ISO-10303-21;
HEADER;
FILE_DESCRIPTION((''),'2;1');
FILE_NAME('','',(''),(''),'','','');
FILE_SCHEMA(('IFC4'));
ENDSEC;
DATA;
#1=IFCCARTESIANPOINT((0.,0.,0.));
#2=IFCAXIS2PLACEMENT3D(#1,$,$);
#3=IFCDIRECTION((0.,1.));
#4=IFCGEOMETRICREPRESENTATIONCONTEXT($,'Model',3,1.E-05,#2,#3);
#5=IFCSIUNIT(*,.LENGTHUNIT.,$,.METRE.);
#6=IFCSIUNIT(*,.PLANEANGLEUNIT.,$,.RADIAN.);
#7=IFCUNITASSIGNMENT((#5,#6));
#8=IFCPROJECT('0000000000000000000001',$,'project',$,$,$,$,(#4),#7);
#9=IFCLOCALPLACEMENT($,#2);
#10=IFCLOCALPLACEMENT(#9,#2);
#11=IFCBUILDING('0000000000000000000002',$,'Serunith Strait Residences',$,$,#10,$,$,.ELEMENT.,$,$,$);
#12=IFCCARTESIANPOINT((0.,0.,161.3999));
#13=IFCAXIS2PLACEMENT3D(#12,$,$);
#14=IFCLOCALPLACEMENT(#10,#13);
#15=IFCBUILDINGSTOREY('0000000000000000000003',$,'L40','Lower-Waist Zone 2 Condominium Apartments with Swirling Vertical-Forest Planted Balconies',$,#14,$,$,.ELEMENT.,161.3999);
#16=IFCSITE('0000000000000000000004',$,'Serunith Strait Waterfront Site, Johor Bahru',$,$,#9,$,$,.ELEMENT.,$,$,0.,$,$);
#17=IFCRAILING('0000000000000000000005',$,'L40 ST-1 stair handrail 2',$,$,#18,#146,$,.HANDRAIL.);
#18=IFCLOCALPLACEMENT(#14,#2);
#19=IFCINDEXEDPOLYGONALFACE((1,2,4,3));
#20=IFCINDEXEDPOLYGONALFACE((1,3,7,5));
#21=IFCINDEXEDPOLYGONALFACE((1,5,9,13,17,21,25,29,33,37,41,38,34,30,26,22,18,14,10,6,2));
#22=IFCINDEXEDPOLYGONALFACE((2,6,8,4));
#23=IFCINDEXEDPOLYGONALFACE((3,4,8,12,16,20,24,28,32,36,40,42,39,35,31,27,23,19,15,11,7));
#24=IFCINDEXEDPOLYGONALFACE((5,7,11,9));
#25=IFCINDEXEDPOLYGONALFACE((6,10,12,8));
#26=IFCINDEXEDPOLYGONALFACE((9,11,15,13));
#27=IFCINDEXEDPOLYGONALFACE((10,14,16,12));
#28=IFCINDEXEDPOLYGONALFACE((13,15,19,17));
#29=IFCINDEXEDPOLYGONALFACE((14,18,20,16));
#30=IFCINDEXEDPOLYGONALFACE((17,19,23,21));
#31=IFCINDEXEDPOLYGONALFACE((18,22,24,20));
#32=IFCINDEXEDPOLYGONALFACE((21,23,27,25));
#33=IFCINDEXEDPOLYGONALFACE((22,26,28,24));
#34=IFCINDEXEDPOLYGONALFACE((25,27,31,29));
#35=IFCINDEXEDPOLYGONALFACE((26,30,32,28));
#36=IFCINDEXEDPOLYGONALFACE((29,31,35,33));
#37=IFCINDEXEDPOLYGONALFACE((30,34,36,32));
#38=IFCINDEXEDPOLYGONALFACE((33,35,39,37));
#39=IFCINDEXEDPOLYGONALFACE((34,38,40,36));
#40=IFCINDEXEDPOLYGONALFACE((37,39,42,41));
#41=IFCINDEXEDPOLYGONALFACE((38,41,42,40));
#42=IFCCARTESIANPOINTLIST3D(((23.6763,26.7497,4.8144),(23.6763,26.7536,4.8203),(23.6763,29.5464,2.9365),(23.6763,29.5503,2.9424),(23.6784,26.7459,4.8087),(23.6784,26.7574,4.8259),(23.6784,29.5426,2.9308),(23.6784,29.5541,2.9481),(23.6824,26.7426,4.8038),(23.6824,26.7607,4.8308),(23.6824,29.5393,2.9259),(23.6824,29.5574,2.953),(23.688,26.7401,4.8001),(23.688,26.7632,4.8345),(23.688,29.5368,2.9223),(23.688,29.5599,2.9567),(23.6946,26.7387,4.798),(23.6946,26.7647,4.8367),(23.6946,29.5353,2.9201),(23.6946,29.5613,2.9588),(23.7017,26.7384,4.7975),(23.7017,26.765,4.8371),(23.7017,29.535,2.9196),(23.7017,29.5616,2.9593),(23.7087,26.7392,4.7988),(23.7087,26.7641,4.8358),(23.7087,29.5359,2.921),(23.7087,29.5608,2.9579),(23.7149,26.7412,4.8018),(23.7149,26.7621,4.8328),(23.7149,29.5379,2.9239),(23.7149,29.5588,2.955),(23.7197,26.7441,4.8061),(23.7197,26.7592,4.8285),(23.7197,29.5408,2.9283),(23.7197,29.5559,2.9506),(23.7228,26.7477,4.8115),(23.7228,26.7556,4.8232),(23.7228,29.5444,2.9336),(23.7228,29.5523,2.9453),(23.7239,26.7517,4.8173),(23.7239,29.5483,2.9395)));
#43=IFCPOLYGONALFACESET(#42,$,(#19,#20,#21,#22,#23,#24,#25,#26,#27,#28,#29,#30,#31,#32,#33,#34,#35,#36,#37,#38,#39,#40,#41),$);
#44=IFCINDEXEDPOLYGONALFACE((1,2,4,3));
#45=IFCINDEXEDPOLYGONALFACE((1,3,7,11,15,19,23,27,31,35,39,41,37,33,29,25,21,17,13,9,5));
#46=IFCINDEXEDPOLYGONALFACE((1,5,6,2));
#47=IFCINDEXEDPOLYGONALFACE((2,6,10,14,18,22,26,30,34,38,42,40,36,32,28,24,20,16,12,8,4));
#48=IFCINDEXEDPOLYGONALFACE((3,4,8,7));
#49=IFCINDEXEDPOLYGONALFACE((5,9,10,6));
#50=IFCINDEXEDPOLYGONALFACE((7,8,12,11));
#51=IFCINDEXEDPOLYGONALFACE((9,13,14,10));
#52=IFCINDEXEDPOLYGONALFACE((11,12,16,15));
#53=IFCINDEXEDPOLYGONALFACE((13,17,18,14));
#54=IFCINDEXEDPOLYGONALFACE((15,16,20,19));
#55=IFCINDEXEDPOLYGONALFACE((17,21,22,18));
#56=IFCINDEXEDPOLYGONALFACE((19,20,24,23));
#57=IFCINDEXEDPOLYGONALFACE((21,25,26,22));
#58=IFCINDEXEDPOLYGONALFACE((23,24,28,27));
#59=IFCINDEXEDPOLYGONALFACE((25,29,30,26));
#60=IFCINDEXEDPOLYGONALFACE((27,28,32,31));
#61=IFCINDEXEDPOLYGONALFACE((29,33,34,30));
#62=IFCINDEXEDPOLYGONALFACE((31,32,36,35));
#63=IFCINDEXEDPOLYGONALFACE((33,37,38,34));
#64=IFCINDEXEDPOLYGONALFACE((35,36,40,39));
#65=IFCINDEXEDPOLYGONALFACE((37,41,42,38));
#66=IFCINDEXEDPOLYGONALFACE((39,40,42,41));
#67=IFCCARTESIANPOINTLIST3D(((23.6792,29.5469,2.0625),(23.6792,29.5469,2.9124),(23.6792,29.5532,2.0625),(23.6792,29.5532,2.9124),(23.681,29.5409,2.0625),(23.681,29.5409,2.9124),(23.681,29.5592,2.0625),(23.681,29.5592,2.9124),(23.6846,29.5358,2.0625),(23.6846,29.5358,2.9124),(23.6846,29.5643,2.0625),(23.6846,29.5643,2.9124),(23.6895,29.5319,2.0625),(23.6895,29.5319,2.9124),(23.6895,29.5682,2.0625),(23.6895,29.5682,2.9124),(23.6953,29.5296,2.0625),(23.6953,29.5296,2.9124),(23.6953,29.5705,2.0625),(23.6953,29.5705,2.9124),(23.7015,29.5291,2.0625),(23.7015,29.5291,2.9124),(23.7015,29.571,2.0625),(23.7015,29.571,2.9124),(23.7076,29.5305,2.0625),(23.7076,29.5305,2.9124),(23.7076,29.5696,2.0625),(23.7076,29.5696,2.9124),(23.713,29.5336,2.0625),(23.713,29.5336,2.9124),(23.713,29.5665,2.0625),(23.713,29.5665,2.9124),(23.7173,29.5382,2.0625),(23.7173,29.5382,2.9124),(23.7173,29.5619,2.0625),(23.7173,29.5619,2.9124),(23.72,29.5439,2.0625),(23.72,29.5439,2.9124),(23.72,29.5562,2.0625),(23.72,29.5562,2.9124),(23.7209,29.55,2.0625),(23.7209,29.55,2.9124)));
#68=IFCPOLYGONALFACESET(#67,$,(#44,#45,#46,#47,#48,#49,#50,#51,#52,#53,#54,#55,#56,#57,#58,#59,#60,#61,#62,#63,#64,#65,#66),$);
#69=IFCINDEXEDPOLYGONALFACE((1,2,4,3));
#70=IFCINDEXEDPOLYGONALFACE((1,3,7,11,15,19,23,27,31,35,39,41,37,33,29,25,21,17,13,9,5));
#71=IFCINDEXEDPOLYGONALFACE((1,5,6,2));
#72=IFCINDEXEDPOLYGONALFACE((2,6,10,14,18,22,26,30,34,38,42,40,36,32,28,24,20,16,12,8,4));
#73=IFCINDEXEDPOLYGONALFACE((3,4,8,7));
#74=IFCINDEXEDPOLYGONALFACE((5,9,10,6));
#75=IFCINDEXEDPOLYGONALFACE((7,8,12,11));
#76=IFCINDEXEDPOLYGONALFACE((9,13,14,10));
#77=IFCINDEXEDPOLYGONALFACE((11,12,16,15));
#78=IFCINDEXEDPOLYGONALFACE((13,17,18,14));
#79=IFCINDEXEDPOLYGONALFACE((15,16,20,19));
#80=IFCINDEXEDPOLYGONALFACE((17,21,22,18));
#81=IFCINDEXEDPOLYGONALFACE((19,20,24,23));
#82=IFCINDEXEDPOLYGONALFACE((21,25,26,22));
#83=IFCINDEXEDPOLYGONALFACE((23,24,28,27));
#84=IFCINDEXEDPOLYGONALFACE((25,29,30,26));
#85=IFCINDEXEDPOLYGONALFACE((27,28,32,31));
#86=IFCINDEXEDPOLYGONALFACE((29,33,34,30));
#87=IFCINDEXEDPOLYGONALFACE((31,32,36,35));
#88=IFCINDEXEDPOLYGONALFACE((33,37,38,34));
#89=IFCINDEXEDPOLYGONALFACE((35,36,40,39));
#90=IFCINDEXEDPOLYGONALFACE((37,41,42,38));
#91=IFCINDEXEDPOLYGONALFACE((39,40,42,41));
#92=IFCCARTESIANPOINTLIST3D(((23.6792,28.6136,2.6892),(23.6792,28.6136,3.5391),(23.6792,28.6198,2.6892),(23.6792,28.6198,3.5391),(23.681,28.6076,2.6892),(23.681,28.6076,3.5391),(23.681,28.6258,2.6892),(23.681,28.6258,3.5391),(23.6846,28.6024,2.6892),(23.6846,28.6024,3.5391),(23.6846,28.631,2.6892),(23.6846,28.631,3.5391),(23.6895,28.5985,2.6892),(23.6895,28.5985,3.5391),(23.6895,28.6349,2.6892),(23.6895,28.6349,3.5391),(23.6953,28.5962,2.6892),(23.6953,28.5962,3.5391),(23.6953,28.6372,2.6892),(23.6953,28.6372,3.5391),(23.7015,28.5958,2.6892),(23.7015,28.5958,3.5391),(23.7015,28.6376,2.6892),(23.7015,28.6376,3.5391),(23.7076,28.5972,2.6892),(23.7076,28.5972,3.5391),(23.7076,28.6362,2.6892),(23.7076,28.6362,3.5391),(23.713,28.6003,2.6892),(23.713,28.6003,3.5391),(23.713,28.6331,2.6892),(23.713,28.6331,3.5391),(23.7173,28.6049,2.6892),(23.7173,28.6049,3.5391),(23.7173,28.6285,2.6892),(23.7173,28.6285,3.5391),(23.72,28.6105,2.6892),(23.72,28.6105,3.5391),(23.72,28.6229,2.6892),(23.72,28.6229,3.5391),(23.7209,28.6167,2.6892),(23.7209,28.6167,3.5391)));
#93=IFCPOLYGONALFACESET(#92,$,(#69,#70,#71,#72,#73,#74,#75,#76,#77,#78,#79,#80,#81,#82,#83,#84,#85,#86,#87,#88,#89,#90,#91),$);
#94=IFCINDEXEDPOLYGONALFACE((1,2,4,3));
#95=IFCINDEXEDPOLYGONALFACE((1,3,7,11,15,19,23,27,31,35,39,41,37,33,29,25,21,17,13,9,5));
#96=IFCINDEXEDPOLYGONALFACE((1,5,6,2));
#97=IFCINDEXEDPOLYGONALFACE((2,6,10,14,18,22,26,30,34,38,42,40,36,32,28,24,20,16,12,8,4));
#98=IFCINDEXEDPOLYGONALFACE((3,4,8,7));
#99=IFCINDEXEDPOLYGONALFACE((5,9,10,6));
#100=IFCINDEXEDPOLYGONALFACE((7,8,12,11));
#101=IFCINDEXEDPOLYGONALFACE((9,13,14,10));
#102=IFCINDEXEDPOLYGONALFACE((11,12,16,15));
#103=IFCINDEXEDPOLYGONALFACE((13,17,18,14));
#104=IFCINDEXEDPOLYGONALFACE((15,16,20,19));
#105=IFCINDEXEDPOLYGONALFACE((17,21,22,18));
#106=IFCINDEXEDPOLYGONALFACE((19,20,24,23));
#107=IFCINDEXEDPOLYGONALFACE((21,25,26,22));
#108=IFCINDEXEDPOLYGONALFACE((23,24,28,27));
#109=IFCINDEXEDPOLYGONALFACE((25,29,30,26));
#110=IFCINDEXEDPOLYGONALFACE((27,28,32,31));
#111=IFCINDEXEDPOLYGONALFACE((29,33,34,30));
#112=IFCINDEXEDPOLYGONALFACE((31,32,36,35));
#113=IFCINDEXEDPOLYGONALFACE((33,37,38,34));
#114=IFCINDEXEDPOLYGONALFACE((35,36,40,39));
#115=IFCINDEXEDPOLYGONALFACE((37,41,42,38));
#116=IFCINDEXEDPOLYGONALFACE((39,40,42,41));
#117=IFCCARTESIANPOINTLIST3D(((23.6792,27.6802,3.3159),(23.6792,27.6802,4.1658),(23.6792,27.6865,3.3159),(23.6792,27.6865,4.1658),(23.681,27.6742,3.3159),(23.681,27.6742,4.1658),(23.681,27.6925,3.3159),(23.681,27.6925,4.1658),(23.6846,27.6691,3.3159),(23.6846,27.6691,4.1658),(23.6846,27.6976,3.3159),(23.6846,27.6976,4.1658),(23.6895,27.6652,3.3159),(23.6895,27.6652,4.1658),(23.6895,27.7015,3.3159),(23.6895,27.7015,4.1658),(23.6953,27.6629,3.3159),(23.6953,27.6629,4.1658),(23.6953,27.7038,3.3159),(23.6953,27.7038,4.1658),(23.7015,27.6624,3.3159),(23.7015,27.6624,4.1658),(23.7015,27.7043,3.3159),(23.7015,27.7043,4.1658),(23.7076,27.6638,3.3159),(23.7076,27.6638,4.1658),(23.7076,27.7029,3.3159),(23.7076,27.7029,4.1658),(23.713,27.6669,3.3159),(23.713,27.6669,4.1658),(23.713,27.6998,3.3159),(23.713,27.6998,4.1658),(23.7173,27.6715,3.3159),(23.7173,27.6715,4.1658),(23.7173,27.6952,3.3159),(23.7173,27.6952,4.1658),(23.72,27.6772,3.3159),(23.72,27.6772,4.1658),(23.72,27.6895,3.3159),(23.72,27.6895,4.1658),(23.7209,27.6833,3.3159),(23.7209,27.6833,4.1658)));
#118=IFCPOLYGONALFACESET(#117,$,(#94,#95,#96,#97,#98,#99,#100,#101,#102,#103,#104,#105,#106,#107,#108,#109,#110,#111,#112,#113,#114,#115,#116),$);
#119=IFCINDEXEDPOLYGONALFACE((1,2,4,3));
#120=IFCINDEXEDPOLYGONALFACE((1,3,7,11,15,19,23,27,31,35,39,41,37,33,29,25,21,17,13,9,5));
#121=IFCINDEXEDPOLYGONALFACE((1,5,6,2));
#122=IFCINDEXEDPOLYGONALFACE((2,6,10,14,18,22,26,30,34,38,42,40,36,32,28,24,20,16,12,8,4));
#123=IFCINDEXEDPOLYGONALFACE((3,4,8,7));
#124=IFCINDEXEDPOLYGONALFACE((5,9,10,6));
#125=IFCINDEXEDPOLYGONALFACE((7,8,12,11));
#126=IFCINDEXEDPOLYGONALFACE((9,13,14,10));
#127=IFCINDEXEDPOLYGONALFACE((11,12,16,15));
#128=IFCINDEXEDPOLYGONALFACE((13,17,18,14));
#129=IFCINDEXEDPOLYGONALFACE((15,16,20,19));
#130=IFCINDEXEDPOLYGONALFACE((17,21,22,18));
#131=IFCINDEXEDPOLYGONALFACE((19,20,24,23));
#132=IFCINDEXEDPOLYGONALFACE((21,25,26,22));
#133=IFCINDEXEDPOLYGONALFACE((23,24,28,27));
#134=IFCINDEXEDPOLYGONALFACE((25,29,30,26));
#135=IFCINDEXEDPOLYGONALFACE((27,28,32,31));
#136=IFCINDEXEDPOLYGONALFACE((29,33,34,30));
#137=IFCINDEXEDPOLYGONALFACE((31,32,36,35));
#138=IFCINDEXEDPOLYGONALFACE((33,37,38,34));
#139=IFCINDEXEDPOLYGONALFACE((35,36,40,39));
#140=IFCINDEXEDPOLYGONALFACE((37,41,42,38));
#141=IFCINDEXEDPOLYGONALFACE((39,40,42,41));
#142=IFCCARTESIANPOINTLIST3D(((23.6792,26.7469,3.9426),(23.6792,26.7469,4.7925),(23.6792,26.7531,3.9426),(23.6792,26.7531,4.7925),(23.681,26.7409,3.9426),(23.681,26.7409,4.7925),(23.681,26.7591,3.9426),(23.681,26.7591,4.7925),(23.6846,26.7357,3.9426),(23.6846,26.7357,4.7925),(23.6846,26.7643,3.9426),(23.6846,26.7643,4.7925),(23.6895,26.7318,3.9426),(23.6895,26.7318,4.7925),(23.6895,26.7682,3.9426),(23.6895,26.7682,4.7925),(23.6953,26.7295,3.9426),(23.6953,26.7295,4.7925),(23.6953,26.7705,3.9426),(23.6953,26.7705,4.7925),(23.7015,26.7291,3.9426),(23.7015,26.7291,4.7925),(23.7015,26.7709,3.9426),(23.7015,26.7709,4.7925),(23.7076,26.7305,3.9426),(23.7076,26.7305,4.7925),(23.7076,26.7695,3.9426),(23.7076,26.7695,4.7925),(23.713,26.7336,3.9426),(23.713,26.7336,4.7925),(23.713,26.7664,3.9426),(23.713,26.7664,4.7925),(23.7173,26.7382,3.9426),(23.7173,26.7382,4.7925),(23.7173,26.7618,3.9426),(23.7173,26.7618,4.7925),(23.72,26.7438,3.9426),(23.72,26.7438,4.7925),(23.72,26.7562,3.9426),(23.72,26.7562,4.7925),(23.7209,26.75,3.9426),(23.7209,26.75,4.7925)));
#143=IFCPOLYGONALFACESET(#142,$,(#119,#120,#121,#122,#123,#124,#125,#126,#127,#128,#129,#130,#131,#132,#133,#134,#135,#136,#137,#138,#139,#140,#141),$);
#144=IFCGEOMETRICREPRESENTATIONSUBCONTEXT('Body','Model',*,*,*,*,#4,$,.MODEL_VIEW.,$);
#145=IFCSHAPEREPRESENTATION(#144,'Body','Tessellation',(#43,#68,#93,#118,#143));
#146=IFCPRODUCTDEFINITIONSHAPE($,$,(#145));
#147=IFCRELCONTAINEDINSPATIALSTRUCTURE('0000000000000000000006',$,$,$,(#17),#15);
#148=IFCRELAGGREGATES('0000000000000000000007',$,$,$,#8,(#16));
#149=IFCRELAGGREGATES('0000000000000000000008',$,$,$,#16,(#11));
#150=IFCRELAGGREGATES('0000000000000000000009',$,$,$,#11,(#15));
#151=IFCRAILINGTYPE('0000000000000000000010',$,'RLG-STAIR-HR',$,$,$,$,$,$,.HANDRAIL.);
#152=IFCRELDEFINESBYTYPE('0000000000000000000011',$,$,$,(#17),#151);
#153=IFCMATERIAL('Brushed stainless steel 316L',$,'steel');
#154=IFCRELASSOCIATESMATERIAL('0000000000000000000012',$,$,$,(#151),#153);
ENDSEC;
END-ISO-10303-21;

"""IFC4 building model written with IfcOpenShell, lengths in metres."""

from ifc_helpers import new_model, si_unit, direction, frame, origin, origin_2d, place, context, subcontext, project, spatial, circle, extrude, material, type_object, element, save


model = new_model("IFC4")

# Units and contexts
model_context = context("Model", 3, precision=1e-05, world=origin(), true_north=direction((0.0, 1.0)))
body_context = subcontext(model_context, "Body", "Model", "MODEL_VIEW")
ifc_project = project(units=[si_unit("LENGTHUNIT", "METRE"), si_unit("PLANEANGLEUNIT", "RADIAN")], contexts=[model_context])

# Site, building, storey
site_placement = place(None, origin())
site = spatial("IfcSite", under=ifc_project, at=site_placement, Name="Serunith Strait Waterfront Site, Johor Bahru", CompositionType="ELEMENT", RefElevation=0.0)
building_placement = place(site_placement, origin())
building = spatial("IfcBuilding", under=site, at=building_placement, Name="Serunith Strait Residences", CompositionType="ELEMENT")
storey_placement = place(building_placement, frame((0.0, 0.0, 161.3999)))
storey = spatial("IfcBuildingStorey", under=building, at=storey_placement, Name="L40", Description="Lower-Waist Zone 2 Condominium Apartments with Swirling Vertical-Forest Planted Balconies", CompositionType="ELEMENT", Elevation=161.3999)

# Railing
ifc_material_1 = material(Name="Brushed stainless steel 316L", Category="steel")
railing_type_1 = type_object("IfcRailingType", Name="RLG-STAIR-HR", PredefinedType="HANDRAIL", material=ifc_material_1)
railing_1_placement = place(storey_placement, frame((23.7, 29.55, 2.0625)))
element("IfcRailing", 1, at=railing_1_placement, inside=storey, type_object=railing_type_1, Name="L40 ST-1 stair handrail 2", PredefinedType="HANDRAIL", context=body_context, shape_type="SweptSolid", body=[
    extrude(circle(Radius=0.0239, at=origin_2d()), frame((0.0, -0.0017, 0.877), z_axis=(0.0, -0.830208, 0.557453), x_axis=(1.0, 0.0, 0.0)), (0.0, 0.0, 1.0), 3.3687),
    extrude(circle(Radius=0.021, at=origin_2d()), origin(), (0.0, 0.0, 1.0), 0.8499),
    extrude(circle(Radius=0.021, at=origin_2d()), frame((0.0, -0.9333, 0.6267)), (0.0, 0.0, 1.0), 0.8499),
    extrude(circle(Radius=0.021, at=origin_2d()), frame((0.0, -1.8667, 1.2534)), (0.0, 0.0, 1.0), 0.8499),
    extrude(circle(Radius=0.021, at=origin_2d()), frame((0.0, -2.8, 1.8801)), (0.0, 0.0, 1.0), 0.8499),
])

save(model, "model.ifc")
